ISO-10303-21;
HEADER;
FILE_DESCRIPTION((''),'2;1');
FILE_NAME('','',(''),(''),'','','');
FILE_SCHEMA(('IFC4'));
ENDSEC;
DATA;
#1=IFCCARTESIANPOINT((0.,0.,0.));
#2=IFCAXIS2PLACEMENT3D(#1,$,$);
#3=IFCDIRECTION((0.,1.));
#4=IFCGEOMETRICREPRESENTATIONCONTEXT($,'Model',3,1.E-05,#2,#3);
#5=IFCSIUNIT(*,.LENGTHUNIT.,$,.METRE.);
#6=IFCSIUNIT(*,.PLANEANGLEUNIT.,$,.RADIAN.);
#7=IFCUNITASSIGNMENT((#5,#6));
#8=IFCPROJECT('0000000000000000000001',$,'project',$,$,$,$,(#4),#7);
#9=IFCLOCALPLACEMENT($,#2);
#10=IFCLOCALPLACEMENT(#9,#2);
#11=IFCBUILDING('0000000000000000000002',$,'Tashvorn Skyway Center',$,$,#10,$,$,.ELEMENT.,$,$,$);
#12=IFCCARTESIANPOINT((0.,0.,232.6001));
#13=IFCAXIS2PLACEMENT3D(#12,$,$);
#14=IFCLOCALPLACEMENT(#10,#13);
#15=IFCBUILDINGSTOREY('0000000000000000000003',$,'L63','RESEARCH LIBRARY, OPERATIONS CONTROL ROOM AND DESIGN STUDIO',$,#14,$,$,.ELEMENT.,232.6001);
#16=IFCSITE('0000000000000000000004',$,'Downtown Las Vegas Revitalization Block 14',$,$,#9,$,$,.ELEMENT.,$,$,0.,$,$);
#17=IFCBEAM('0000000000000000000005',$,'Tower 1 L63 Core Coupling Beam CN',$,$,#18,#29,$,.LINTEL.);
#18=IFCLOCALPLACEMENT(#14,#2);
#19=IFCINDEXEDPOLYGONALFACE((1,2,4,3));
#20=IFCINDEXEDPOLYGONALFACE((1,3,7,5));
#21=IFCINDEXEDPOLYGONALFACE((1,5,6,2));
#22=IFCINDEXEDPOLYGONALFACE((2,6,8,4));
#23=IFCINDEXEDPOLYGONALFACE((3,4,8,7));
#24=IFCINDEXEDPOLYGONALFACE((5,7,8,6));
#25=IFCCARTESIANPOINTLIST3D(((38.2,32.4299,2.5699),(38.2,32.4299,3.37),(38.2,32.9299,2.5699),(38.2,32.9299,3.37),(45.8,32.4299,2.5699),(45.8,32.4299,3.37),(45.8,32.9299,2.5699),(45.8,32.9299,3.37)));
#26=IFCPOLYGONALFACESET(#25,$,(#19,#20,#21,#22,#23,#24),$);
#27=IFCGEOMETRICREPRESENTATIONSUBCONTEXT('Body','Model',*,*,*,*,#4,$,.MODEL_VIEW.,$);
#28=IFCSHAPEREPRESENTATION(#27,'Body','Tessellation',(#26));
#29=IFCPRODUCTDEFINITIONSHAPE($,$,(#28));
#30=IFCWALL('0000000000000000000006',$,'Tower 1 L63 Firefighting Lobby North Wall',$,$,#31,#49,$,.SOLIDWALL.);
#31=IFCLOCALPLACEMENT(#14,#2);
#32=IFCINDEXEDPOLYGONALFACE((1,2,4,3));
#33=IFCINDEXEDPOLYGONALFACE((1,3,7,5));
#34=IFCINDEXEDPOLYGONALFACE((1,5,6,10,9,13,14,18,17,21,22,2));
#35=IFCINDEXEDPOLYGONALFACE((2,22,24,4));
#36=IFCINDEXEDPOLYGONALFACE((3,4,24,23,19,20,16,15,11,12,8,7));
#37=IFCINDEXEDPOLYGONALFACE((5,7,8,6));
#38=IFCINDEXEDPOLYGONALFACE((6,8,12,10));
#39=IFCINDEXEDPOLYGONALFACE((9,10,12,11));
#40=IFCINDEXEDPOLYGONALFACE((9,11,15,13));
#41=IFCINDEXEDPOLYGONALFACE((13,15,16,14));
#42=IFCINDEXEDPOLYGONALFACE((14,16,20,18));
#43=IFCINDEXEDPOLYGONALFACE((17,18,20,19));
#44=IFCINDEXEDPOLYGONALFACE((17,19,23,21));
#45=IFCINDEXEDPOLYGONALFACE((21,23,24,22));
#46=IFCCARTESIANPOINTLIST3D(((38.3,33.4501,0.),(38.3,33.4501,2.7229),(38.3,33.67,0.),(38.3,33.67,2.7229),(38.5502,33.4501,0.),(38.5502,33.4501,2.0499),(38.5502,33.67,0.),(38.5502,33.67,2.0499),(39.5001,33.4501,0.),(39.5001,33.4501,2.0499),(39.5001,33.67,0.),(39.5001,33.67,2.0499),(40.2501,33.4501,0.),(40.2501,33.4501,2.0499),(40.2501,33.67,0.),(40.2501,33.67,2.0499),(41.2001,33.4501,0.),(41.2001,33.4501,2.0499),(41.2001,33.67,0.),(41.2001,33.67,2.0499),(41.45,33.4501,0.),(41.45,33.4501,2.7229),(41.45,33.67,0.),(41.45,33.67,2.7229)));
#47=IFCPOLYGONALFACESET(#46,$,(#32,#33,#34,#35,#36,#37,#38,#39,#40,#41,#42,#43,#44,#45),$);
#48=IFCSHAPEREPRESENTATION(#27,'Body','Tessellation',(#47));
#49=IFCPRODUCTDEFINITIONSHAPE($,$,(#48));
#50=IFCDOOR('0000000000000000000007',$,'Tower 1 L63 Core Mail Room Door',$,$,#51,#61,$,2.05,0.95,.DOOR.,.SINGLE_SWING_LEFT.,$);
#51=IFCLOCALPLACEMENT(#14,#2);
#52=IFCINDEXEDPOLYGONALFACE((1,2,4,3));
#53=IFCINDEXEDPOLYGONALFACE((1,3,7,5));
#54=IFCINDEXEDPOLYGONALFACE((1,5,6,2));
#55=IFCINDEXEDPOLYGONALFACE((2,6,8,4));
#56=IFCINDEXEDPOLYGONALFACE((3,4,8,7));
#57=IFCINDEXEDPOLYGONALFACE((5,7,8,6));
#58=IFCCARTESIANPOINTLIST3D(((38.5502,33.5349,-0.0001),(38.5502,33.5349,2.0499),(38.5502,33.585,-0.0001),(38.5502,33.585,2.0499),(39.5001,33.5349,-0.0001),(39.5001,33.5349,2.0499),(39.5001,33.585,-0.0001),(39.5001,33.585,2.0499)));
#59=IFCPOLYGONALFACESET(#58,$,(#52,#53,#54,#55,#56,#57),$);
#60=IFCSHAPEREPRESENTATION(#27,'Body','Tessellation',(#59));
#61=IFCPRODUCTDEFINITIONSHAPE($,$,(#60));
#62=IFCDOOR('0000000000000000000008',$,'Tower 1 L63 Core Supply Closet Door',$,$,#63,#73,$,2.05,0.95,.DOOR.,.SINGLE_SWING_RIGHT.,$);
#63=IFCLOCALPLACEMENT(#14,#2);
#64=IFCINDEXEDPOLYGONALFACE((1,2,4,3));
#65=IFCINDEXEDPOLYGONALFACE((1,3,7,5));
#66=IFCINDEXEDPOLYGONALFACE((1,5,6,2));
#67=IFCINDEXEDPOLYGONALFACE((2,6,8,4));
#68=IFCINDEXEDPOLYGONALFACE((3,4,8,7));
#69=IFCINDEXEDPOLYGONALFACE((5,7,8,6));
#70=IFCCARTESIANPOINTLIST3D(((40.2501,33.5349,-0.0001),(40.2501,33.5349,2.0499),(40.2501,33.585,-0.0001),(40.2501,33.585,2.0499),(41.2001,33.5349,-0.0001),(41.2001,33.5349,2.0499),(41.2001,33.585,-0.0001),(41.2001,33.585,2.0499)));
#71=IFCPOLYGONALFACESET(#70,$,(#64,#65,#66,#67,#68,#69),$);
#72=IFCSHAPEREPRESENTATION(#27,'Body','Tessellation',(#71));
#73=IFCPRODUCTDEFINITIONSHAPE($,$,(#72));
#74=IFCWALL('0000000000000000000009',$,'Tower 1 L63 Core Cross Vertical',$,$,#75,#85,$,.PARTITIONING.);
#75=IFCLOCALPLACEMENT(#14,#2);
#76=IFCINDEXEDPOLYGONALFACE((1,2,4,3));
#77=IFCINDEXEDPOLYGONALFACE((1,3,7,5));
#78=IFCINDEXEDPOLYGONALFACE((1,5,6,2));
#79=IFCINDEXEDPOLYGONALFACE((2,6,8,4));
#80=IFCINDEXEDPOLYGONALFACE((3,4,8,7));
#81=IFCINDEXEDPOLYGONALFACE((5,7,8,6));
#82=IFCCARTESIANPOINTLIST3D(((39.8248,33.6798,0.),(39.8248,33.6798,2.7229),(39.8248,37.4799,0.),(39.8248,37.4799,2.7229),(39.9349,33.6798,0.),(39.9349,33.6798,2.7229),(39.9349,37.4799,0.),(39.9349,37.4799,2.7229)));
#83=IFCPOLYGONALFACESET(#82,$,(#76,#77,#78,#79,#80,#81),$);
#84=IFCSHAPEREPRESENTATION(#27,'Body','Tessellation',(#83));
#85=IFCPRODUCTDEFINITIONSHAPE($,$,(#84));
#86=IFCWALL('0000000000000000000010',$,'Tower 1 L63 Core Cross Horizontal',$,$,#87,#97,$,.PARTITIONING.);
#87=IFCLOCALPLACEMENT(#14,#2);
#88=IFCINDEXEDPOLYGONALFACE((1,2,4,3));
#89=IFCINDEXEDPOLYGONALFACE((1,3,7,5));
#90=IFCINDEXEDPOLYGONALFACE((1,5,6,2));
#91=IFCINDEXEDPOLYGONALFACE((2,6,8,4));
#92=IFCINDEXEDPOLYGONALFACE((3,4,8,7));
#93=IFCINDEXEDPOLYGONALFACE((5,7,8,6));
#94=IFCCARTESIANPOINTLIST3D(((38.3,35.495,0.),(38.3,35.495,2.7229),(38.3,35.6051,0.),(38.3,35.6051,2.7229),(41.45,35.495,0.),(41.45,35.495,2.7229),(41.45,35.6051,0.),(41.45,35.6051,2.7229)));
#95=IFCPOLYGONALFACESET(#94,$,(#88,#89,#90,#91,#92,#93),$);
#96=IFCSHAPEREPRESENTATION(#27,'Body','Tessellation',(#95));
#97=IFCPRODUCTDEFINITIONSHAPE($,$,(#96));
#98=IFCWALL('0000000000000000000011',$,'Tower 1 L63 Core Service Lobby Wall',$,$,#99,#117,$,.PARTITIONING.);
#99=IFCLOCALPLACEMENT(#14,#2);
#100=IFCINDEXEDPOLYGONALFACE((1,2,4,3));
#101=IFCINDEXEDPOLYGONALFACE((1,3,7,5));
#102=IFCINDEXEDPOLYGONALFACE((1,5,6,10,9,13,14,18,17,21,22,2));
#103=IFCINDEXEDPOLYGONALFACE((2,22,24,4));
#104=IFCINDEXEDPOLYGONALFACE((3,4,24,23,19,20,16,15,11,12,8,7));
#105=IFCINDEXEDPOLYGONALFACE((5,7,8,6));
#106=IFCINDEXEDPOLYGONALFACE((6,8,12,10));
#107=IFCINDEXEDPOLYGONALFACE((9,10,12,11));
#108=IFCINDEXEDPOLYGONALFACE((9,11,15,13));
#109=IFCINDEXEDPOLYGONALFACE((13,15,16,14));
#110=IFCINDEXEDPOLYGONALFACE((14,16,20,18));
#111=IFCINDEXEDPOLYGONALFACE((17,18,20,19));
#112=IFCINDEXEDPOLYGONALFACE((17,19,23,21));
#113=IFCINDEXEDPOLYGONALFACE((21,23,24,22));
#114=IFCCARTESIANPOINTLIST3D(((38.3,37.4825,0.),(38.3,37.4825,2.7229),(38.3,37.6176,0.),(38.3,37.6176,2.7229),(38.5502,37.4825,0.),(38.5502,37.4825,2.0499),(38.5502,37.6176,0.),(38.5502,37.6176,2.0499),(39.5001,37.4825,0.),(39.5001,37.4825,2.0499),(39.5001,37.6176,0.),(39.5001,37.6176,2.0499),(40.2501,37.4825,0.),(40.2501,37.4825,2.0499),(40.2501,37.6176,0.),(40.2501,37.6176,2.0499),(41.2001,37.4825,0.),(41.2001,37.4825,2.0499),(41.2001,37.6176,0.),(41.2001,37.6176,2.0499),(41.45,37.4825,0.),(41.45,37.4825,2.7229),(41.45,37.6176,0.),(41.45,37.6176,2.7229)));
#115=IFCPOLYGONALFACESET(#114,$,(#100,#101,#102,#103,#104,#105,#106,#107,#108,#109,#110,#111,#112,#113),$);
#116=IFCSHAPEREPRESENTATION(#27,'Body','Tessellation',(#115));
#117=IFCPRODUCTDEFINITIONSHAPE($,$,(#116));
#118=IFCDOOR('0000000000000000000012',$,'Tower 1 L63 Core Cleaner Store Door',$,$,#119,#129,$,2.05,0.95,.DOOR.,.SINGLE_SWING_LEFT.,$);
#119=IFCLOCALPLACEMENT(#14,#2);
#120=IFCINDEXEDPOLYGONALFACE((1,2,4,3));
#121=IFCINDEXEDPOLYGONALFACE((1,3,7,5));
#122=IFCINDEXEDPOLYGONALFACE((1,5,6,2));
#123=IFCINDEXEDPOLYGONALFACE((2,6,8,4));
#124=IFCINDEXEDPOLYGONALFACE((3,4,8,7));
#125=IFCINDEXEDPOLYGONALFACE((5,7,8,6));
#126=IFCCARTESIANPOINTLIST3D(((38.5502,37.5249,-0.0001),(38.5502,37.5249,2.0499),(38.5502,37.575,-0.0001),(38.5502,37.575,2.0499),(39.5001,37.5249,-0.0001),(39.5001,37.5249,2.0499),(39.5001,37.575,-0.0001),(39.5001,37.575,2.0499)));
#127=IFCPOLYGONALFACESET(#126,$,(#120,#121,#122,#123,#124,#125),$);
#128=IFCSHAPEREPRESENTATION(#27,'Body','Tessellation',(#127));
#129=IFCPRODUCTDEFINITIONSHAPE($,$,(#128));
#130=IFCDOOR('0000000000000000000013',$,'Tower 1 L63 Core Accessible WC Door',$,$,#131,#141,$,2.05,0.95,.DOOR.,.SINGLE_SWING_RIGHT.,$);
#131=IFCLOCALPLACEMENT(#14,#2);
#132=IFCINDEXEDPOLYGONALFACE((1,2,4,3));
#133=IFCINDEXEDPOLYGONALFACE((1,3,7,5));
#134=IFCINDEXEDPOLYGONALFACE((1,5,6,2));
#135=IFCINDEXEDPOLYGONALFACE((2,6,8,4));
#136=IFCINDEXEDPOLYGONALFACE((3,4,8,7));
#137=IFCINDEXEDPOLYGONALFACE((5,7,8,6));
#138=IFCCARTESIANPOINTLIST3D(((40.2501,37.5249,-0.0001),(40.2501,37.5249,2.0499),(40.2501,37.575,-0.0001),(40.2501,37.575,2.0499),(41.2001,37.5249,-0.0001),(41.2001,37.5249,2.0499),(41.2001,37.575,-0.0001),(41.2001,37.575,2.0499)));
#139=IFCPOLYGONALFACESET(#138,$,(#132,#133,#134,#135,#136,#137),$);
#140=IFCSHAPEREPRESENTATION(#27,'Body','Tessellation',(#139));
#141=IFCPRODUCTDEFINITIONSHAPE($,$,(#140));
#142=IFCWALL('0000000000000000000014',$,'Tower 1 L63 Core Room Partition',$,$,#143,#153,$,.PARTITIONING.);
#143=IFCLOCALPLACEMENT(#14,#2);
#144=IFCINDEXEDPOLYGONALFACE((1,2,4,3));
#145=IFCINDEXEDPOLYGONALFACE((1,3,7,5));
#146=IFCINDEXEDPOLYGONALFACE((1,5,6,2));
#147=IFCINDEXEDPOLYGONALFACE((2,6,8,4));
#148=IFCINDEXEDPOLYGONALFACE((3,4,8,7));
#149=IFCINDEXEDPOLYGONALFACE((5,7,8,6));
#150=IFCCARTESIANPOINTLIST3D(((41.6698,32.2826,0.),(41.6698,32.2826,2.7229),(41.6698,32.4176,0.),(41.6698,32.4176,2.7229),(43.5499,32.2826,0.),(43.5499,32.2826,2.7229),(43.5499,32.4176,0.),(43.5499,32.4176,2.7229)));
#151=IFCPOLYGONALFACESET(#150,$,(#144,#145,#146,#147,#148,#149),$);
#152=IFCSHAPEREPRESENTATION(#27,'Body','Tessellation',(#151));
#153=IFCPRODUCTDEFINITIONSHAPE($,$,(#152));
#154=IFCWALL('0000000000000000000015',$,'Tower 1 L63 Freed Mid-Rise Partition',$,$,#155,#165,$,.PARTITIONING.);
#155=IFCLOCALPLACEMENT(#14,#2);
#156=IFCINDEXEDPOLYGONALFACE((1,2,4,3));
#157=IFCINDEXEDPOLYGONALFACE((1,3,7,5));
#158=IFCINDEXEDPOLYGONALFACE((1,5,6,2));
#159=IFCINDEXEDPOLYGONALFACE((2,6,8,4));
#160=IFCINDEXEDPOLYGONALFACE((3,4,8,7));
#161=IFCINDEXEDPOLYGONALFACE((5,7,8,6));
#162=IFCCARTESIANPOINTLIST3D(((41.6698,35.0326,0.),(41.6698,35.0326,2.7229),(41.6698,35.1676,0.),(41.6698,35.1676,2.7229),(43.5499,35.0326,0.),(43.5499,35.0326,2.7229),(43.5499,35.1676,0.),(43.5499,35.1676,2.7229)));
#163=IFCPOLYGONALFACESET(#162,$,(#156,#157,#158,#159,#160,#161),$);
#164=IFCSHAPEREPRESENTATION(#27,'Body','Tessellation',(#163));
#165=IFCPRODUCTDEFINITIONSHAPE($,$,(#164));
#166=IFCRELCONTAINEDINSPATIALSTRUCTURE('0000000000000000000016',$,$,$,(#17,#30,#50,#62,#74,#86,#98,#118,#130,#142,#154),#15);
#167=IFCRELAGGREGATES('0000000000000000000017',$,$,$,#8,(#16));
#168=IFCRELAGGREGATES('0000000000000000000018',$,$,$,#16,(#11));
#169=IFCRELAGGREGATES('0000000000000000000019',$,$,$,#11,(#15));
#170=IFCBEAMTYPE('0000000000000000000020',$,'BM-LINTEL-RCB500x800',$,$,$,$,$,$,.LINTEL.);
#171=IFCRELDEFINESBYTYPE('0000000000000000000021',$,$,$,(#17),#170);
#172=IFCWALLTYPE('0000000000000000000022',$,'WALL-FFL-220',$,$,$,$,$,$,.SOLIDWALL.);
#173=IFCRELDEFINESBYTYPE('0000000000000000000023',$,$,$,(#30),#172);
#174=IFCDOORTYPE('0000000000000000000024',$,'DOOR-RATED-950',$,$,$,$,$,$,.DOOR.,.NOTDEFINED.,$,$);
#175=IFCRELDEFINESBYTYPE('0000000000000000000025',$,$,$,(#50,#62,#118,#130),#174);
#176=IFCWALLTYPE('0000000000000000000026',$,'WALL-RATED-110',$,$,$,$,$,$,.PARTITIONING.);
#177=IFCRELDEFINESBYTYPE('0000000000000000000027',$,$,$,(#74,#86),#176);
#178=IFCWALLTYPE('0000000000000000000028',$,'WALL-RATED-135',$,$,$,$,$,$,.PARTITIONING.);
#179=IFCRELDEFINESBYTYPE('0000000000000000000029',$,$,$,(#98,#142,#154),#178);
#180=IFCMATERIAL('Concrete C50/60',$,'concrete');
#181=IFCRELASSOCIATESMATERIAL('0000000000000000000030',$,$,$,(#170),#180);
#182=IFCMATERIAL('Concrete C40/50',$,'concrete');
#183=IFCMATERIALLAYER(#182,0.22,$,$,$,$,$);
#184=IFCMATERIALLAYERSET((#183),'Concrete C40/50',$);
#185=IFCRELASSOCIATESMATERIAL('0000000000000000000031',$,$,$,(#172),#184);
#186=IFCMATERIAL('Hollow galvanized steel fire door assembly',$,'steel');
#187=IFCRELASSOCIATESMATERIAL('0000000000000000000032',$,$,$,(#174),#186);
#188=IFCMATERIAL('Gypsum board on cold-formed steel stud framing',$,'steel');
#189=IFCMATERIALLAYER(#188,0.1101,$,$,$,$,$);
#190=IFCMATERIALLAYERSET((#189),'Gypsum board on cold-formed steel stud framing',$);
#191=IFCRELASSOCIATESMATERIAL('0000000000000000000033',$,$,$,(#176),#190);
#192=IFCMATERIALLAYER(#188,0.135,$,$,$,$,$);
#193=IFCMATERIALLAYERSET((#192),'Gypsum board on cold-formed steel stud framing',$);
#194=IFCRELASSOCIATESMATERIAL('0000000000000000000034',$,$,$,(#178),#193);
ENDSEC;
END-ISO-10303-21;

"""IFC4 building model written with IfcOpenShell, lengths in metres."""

from ifc_helpers import new_model, si_unit, direction, frame, frame_2d, origin, origin_2d, place, context, subcontext, project, spatial, rectangle, extrude, material, layer, layer_set, material_profile, profile_set, type_object, element, fill, save


model = new_model("IFC4")

# Units and contexts
model_context = context("Model", 3, precision=1e-05, world=origin(), true_north=direction((0.0, 1.0)))
body_context = subcontext(model_context, "Body", "Model", "MODEL_VIEW")
ifc_project = project(units=[si_unit("LENGTHUNIT", "METRE"), si_unit("PLANEANGLEUNIT", "RADIAN")], contexts=[model_context])

# Site, building, storey
site_placement = place(None, origin())
site = spatial("IfcSite", under=ifc_project, at=site_placement, Name="Downtown Las Vegas Revitalization Block 14", CompositionType="ELEMENT", RefElevation=0.0)
building_placement = place(site_placement, origin())
building = spatial("IfcBuilding", under=site, at=building_placement, Name="Tashvorn Skyway Center", CompositionType="ELEMENT")
storey_placement = place(building_placement, frame((0.0, 0.0, 232.6001)))
storey = spatial("IfcBuildingStorey", under=building, at=storey_placement, Name="L63", Description="RESEARCH LIBRARY, OPERATIONS CONTROL ROOM AND DESIGN STUDIO", CompositionType="ELEMENT", Elevation=232.6001)

# Beam
ifc_material_1 = material(Name="Concrete C50/60", Category="concrete")
ifc_material_profile = material_profile(ifc_material_1, rectangle(XDim=0.5, YDim=0.8, at=origin_2d()), Name="RCB500x800")
ifc_profile_set = profile_set([ifc_material_profile], Name="Concrete C50/60")
beam_type = type_object("IfcBeamType", Name="BM-LINTEL-RCB500x800", PredefinedType="LINTEL", material=ifc_profile_set)
beam_placement = place(storey_placement, frame((38.2, 32.6799, 2.97), z_axis=(1.0, 0.0, 0.0), x_axis=(0.0, 1.0, 0.0)))
element("IfcBeam", 1, at=beam_placement, inside=storey, type_object=beam_type, Name="Tower 1 L63 Core Coupling Beam CN", PredefinedType="LINTEL", context=body_context, shape_type="SweptSolid", body=[
    extrude(rectangle(XDim=0.5, YDim=0.8, at=origin_2d()), origin(), (0.0, 0.0, 1.0), 7.6001),
])

# Wall, openings, doors
ifc_material_2 = material(Name="Concrete C40/50", Category="concrete")
ifc_layer_1 = layer(ifc_material_2, 0.22)
ifc_layer_set_1 = layer_set([ifc_layer_1], Name="Concrete C40/50")
wall_type_1 = type_object("IfcWallType", Name="WALL-FFL-220", PredefinedType="SOLIDWALL", material=ifc_layer_set_1)
wall_1_placement = place(storey_placement, frame((38.3, 33.5601, 0.0), z_axis=(0.0, 0.0, 1.0), x_axis=(1.0, 0.0, 0.0)))
wall_1 = element("IfcWall", 2, at=wall_1_placement, inside=storey, type_object=wall_type_1, Name="Tower 1 L63 Firefighting Lobby North Wall", PredefinedType="SOLIDWALL", context=body_context, shape_type="SweptSolid", body=[
    extrude(rectangle(XDim=3.1499, YDim=0.22, at=frame_2d((1.575, 0.0))), origin(), (0.0, 0.0, 1.0), 2.7229),
])
opening_1_placement = place(wall_1_placement, frame((0.25, 0.0, 0.0)))
opening_1 = element("IfcOpeningElement", 3, at=opening_1_placement, cuts=wall_1, PredefinedType="OPENING", context=body_context, shape_type="SweptSolid", body=[
    extrude(rectangle(XDim=0.95, YDim=2.05, at=frame_2d((0.4751, 1.0249))), frame((0.0, 0.1199, 0.0), z_axis=(0.0, -1.0, 0.0), x_axis=(1.0, 0.0, 0.0)), (0.0, 0.0, 1.0), 0.24),
])
opening_2_placement = place(wall_1_placement, frame((1.95, 0.0, 0.0)))
opening_2 = element("IfcOpeningElement", 4, at=opening_2_placement, cuts=wall_1, PredefinedType="OPENING", context=body_context, shape_type="SweptSolid", body=[
    extrude(rectangle(XDim=0.95, YDim=2.05, at=frame_2d((0.4751, 1.0249))), frame((0.0, 0.1199, 0.0), z_axis=(0.0, -1.0, 0.0), x_axis=(1.0, 0.0, 0.0)), (0.0, 0.0, 1.0), 0.24),
])
ifc_material_3 = material(Name="Hollow galvanized steel fire door assembly", Category="steel")
door_type_1 = type_object("IfcDoorType", Name="DOOR-RATED-950", OperationType="NOTDEFINED", PredefinedType="DOOR", material=ifc_material_3)
door_1_placement = place(opening_1_placement, origin())
door_1 = element("IfcDoor", 5, at=door_1_placement, inside=storey, type_object=door_type_1, Name="Tower 1 L63 Core Mail Room Door", OperationType="SINGLE_SWING_LEFT", OverallHeight=2.05, OverallWidth=0.95, PredefinedType="DOOR", context=body_context, shape_type="SweptSolid", body=[
    extrude(rectangle(XDim=0.95, YDim=2.05, at=frame_2d((0.4751, 1.0249))), frame((0.0, 0.0249, 0.0), z_axis=(0.0, -1.0, 0.0), x_axis=(1.0, 0.0, 0.0)), (0.0, 0.0, 1.0), 0.05),
])
fill(opening_1, door_1)
door_2_placement = place(opening_2_placement, origin())
door_2 = element("IfcDoor", 6, at=door_2_placement, inside=storey, type_object=door_type_1, Name="Tower 1 L63 Core Supply Closet Door", OperationType="SINGLE_SWING_RIGHT", OverallHeight=2.05, OverallWidth=0.95, PredefinedType="DOOR", context=body_context, shape_type="SweptSolid", body=[
    extrude(rectangle(XDim=0.95, YDim=2.05, at=frame_2d((0.4751, 1.0249))), frame((0.0, 0.0249, 0.0), z_axis=(0.0, -1.0, 0.0), x_axis=(1.0, 0.0, 0.0)), (0.0, 0.0, 1.0), 0.05),
])
fill(opening_2, door_2)

# Walls
ifc_material_4 = material(Name="Gypsum board on cold-formed steel stud framing", Category="steel")
ifc_layer_2 = layer(ifc_material_4, 0.1101)
ifc_layer_set_2 = layer_set([ifc_layer_2], Name="Gypsum board on cold-formed steel stud framing")
wall_type_2 = type_object("IfcWallType", Name="WALL-RATED-110", PredefinedType="PARTITIONING", material=ifc_layer_set_2)
wall_2_placement = place(storey_placement, frame((39.8799, 33.6799, 0.0), z_axis=(0.0, 0.0, 1.0), x_axis=(0.0, 1.0, 0.0)))
element("IfcWall", 7, at=wall_2_placement, inside=storey, type_object=wall_type_2, Name="Tower 1 L63 Core Cross Vertical", PredefinedType="PARTITIONING", context=body_context, shape_type="SweptSolid", body=[
    extrude(rectangle(XDim=3.8, YDim=0.1101, at=frame_2d((1.8999, 0.0))), origin(), (0.0, 0.0, 1.0), 2.7229),
])
wall_3_placement = place(storey_placement, frame((38.3, 35.55, 0.0), z_axis=(0.0, 0.0, 1.0), x_axis=(1.0, 0.0, 0.0)))
element("IfcWall", 8, at=wall_3_placement, inside=storey, type_object=wall_type_2, Name="Tower 1 L63 Core Cross Horizontal", PredefinedType="PARTITIONING", context=body_context, shape_type="SweptSolid", body=[
    extrude(rectangle(XDim=3.1499, YDim=0.1101, at=frame_2d((1.575, 0.0))), origin(), (0.0, 0.0, 1.0), 2.7229),
])

# Wall, openings, doors
ifc_layer_3 = layer(ifc_material_4, 0.135)
ifc_layer_set_3 = layer_set([ifc_layer_3], Name="Gypsum board on cold-formed steel stud framing")
wall_type_3 = type_object("IfcWallType", Name="WALL-RATED-135", PredefinedType="PARTITIONING", material=ifc_layer_set_3)
wall_4_placement = place(storey_placement, frame((38.3, 37.55, 0.0), z_axis=(0.0, 0.0, 1.0), x_axis=(1.0, 0.0, 0.0)))
wall_4 = element("IfcWall", 9, at=wall_4_placement, inside=storey, type_object=wall_type_3, Name="Tower 1 L63 Core Service Lobby Wall", PredefinedType="PARTITIONING", context=body_context, shape_type="SweptSolid", body=[
    extrude(rectangle(XDim=3.1499, YDim=0.135, at=frame_2d((1.575, 0.0))), origin(), (0.0, 0.0, 1.0), 2.7229),
])
opening_3_placement = place(wall_4_placement, frame((0.25, 0.0, 0.0)))
opening_3 = element("IfcOpeningElement", 10, at=opening_3_placement, cuts=wall_4, PredefinedType="OPENING", context=body_context, shape_type="SweptSolid", body=[
    extrude(rectangle(XDim=0.95, YDim=2.05, at=frame_2d((0.4751, 1.0249))), frame((0.0, 0.0774, 0.0), z_axis=(0.0, -1.0, 0.0), x_axis=(1.0, 0.0, 0.0)), (0.0, 0.0, 1.0), 0.155),
])
opening_4_placement = place(wall_4_placement, frame((1.95, 0.0, 0.0)))
opening_4 = element("IfcOpeningElement", 11, at=opening_4_placement, cuts=wall_4, PredefinedType="OPENING", context=body_context, shape_type="SweptSolid", body=[
    extrude(rectangle(XDim=0.95, YDim=2.05, at=frame_2d((0.4751, 1.0249))), frame((0.0, 0.0774, 0.0), z_axis=(0.0, -1.0, 0.0), x_axis=(1.0, 0.0, 0.0)), (0.0, 0.0, 1.0), 0.155),
])
door_3_placement = place(opening_3_placement, origin())
door_3 = element("IfcDoor", 12, at=door_3_placement, inside=storey, type_object=door_type_1, Name="Tower 1 L63 Core Cleaner Store Door", OperationType="SINGLE_SWING_LEFT", OverallHeight=2.05, OverallWidth=0.95, PredefinedType="DOOR", context=body_context, shape_type="SweptSolid", body=[
    extrude(rectangle(XDim=0.95, YDim=2.05, at=frame_2d((0.4751, 1.0249))), frame((0.0, 0.0249, 0.0), z_axis=(0.0, -1.0, 0.0), x_axis=(1.0, 0.0, 0.0)), (0.0, 0.0, 1.0), 0.05),
])
fill(opening_3, door_3)
door_4_placement = place(opening_4_placement, origin())
door_4 = element("IfcDoor", 13, at=door_4_placement, inside=storey, type_object=door_type_1, Name="Tower 1 L63 Core Accessible WC Door", OperationType="SINGLE_SWING_RIGHT", OverallHeight=2.05, OverallWidth=0.95, PredefinedType="DOOR", context=body_context, shape_type="SweptSolid", body=[
    extrude(rectangle(XDim=0.95, YDim=2.05, at=frame_2d((0.4751, 1.0249))), frame((0.0, 0.0249, 0.0), z_axis=(0.0, -1.0, 0.0), x_axis=(1.0, 0.0, 0.0)), (0.0, 0.0, 1.0), 0.05),
])
fill(opening_4, door_4)

# Walls
for number, where, z_axis, x_axis, name in (
    (14, (41.6699, 32.3501, 0.0), (0.0, 0.0, 1.0), (1.0, 0.0, 0.0), "Tower 1 L63 Core Room Partition"),
    (15, (41.6699, 35.1001, 0.0), (0.0, 0.0, 1.0), (1.0, 0.0, 0.0), "Tower 1 L63 Freed Mid-Rise Partition"),
):
    element("IfcWall", number, at=place(storey_placement, frame(where, z_axis=z_axis, x_axis=x_axis)), inside=storey, type_object=wall_type_3, Name=name, PredefinedType="PARTITIONING", context=body_context, shape_type="SweptSolid", body=[
        extrude(rectangle(XDim=1.8801, YDim=0.135, at=frame_2d((0.9399, 0.0))), origin(), (0.0, 0.0, 1.0), 2.7229),
    ])

save(model, "model.ifc")
